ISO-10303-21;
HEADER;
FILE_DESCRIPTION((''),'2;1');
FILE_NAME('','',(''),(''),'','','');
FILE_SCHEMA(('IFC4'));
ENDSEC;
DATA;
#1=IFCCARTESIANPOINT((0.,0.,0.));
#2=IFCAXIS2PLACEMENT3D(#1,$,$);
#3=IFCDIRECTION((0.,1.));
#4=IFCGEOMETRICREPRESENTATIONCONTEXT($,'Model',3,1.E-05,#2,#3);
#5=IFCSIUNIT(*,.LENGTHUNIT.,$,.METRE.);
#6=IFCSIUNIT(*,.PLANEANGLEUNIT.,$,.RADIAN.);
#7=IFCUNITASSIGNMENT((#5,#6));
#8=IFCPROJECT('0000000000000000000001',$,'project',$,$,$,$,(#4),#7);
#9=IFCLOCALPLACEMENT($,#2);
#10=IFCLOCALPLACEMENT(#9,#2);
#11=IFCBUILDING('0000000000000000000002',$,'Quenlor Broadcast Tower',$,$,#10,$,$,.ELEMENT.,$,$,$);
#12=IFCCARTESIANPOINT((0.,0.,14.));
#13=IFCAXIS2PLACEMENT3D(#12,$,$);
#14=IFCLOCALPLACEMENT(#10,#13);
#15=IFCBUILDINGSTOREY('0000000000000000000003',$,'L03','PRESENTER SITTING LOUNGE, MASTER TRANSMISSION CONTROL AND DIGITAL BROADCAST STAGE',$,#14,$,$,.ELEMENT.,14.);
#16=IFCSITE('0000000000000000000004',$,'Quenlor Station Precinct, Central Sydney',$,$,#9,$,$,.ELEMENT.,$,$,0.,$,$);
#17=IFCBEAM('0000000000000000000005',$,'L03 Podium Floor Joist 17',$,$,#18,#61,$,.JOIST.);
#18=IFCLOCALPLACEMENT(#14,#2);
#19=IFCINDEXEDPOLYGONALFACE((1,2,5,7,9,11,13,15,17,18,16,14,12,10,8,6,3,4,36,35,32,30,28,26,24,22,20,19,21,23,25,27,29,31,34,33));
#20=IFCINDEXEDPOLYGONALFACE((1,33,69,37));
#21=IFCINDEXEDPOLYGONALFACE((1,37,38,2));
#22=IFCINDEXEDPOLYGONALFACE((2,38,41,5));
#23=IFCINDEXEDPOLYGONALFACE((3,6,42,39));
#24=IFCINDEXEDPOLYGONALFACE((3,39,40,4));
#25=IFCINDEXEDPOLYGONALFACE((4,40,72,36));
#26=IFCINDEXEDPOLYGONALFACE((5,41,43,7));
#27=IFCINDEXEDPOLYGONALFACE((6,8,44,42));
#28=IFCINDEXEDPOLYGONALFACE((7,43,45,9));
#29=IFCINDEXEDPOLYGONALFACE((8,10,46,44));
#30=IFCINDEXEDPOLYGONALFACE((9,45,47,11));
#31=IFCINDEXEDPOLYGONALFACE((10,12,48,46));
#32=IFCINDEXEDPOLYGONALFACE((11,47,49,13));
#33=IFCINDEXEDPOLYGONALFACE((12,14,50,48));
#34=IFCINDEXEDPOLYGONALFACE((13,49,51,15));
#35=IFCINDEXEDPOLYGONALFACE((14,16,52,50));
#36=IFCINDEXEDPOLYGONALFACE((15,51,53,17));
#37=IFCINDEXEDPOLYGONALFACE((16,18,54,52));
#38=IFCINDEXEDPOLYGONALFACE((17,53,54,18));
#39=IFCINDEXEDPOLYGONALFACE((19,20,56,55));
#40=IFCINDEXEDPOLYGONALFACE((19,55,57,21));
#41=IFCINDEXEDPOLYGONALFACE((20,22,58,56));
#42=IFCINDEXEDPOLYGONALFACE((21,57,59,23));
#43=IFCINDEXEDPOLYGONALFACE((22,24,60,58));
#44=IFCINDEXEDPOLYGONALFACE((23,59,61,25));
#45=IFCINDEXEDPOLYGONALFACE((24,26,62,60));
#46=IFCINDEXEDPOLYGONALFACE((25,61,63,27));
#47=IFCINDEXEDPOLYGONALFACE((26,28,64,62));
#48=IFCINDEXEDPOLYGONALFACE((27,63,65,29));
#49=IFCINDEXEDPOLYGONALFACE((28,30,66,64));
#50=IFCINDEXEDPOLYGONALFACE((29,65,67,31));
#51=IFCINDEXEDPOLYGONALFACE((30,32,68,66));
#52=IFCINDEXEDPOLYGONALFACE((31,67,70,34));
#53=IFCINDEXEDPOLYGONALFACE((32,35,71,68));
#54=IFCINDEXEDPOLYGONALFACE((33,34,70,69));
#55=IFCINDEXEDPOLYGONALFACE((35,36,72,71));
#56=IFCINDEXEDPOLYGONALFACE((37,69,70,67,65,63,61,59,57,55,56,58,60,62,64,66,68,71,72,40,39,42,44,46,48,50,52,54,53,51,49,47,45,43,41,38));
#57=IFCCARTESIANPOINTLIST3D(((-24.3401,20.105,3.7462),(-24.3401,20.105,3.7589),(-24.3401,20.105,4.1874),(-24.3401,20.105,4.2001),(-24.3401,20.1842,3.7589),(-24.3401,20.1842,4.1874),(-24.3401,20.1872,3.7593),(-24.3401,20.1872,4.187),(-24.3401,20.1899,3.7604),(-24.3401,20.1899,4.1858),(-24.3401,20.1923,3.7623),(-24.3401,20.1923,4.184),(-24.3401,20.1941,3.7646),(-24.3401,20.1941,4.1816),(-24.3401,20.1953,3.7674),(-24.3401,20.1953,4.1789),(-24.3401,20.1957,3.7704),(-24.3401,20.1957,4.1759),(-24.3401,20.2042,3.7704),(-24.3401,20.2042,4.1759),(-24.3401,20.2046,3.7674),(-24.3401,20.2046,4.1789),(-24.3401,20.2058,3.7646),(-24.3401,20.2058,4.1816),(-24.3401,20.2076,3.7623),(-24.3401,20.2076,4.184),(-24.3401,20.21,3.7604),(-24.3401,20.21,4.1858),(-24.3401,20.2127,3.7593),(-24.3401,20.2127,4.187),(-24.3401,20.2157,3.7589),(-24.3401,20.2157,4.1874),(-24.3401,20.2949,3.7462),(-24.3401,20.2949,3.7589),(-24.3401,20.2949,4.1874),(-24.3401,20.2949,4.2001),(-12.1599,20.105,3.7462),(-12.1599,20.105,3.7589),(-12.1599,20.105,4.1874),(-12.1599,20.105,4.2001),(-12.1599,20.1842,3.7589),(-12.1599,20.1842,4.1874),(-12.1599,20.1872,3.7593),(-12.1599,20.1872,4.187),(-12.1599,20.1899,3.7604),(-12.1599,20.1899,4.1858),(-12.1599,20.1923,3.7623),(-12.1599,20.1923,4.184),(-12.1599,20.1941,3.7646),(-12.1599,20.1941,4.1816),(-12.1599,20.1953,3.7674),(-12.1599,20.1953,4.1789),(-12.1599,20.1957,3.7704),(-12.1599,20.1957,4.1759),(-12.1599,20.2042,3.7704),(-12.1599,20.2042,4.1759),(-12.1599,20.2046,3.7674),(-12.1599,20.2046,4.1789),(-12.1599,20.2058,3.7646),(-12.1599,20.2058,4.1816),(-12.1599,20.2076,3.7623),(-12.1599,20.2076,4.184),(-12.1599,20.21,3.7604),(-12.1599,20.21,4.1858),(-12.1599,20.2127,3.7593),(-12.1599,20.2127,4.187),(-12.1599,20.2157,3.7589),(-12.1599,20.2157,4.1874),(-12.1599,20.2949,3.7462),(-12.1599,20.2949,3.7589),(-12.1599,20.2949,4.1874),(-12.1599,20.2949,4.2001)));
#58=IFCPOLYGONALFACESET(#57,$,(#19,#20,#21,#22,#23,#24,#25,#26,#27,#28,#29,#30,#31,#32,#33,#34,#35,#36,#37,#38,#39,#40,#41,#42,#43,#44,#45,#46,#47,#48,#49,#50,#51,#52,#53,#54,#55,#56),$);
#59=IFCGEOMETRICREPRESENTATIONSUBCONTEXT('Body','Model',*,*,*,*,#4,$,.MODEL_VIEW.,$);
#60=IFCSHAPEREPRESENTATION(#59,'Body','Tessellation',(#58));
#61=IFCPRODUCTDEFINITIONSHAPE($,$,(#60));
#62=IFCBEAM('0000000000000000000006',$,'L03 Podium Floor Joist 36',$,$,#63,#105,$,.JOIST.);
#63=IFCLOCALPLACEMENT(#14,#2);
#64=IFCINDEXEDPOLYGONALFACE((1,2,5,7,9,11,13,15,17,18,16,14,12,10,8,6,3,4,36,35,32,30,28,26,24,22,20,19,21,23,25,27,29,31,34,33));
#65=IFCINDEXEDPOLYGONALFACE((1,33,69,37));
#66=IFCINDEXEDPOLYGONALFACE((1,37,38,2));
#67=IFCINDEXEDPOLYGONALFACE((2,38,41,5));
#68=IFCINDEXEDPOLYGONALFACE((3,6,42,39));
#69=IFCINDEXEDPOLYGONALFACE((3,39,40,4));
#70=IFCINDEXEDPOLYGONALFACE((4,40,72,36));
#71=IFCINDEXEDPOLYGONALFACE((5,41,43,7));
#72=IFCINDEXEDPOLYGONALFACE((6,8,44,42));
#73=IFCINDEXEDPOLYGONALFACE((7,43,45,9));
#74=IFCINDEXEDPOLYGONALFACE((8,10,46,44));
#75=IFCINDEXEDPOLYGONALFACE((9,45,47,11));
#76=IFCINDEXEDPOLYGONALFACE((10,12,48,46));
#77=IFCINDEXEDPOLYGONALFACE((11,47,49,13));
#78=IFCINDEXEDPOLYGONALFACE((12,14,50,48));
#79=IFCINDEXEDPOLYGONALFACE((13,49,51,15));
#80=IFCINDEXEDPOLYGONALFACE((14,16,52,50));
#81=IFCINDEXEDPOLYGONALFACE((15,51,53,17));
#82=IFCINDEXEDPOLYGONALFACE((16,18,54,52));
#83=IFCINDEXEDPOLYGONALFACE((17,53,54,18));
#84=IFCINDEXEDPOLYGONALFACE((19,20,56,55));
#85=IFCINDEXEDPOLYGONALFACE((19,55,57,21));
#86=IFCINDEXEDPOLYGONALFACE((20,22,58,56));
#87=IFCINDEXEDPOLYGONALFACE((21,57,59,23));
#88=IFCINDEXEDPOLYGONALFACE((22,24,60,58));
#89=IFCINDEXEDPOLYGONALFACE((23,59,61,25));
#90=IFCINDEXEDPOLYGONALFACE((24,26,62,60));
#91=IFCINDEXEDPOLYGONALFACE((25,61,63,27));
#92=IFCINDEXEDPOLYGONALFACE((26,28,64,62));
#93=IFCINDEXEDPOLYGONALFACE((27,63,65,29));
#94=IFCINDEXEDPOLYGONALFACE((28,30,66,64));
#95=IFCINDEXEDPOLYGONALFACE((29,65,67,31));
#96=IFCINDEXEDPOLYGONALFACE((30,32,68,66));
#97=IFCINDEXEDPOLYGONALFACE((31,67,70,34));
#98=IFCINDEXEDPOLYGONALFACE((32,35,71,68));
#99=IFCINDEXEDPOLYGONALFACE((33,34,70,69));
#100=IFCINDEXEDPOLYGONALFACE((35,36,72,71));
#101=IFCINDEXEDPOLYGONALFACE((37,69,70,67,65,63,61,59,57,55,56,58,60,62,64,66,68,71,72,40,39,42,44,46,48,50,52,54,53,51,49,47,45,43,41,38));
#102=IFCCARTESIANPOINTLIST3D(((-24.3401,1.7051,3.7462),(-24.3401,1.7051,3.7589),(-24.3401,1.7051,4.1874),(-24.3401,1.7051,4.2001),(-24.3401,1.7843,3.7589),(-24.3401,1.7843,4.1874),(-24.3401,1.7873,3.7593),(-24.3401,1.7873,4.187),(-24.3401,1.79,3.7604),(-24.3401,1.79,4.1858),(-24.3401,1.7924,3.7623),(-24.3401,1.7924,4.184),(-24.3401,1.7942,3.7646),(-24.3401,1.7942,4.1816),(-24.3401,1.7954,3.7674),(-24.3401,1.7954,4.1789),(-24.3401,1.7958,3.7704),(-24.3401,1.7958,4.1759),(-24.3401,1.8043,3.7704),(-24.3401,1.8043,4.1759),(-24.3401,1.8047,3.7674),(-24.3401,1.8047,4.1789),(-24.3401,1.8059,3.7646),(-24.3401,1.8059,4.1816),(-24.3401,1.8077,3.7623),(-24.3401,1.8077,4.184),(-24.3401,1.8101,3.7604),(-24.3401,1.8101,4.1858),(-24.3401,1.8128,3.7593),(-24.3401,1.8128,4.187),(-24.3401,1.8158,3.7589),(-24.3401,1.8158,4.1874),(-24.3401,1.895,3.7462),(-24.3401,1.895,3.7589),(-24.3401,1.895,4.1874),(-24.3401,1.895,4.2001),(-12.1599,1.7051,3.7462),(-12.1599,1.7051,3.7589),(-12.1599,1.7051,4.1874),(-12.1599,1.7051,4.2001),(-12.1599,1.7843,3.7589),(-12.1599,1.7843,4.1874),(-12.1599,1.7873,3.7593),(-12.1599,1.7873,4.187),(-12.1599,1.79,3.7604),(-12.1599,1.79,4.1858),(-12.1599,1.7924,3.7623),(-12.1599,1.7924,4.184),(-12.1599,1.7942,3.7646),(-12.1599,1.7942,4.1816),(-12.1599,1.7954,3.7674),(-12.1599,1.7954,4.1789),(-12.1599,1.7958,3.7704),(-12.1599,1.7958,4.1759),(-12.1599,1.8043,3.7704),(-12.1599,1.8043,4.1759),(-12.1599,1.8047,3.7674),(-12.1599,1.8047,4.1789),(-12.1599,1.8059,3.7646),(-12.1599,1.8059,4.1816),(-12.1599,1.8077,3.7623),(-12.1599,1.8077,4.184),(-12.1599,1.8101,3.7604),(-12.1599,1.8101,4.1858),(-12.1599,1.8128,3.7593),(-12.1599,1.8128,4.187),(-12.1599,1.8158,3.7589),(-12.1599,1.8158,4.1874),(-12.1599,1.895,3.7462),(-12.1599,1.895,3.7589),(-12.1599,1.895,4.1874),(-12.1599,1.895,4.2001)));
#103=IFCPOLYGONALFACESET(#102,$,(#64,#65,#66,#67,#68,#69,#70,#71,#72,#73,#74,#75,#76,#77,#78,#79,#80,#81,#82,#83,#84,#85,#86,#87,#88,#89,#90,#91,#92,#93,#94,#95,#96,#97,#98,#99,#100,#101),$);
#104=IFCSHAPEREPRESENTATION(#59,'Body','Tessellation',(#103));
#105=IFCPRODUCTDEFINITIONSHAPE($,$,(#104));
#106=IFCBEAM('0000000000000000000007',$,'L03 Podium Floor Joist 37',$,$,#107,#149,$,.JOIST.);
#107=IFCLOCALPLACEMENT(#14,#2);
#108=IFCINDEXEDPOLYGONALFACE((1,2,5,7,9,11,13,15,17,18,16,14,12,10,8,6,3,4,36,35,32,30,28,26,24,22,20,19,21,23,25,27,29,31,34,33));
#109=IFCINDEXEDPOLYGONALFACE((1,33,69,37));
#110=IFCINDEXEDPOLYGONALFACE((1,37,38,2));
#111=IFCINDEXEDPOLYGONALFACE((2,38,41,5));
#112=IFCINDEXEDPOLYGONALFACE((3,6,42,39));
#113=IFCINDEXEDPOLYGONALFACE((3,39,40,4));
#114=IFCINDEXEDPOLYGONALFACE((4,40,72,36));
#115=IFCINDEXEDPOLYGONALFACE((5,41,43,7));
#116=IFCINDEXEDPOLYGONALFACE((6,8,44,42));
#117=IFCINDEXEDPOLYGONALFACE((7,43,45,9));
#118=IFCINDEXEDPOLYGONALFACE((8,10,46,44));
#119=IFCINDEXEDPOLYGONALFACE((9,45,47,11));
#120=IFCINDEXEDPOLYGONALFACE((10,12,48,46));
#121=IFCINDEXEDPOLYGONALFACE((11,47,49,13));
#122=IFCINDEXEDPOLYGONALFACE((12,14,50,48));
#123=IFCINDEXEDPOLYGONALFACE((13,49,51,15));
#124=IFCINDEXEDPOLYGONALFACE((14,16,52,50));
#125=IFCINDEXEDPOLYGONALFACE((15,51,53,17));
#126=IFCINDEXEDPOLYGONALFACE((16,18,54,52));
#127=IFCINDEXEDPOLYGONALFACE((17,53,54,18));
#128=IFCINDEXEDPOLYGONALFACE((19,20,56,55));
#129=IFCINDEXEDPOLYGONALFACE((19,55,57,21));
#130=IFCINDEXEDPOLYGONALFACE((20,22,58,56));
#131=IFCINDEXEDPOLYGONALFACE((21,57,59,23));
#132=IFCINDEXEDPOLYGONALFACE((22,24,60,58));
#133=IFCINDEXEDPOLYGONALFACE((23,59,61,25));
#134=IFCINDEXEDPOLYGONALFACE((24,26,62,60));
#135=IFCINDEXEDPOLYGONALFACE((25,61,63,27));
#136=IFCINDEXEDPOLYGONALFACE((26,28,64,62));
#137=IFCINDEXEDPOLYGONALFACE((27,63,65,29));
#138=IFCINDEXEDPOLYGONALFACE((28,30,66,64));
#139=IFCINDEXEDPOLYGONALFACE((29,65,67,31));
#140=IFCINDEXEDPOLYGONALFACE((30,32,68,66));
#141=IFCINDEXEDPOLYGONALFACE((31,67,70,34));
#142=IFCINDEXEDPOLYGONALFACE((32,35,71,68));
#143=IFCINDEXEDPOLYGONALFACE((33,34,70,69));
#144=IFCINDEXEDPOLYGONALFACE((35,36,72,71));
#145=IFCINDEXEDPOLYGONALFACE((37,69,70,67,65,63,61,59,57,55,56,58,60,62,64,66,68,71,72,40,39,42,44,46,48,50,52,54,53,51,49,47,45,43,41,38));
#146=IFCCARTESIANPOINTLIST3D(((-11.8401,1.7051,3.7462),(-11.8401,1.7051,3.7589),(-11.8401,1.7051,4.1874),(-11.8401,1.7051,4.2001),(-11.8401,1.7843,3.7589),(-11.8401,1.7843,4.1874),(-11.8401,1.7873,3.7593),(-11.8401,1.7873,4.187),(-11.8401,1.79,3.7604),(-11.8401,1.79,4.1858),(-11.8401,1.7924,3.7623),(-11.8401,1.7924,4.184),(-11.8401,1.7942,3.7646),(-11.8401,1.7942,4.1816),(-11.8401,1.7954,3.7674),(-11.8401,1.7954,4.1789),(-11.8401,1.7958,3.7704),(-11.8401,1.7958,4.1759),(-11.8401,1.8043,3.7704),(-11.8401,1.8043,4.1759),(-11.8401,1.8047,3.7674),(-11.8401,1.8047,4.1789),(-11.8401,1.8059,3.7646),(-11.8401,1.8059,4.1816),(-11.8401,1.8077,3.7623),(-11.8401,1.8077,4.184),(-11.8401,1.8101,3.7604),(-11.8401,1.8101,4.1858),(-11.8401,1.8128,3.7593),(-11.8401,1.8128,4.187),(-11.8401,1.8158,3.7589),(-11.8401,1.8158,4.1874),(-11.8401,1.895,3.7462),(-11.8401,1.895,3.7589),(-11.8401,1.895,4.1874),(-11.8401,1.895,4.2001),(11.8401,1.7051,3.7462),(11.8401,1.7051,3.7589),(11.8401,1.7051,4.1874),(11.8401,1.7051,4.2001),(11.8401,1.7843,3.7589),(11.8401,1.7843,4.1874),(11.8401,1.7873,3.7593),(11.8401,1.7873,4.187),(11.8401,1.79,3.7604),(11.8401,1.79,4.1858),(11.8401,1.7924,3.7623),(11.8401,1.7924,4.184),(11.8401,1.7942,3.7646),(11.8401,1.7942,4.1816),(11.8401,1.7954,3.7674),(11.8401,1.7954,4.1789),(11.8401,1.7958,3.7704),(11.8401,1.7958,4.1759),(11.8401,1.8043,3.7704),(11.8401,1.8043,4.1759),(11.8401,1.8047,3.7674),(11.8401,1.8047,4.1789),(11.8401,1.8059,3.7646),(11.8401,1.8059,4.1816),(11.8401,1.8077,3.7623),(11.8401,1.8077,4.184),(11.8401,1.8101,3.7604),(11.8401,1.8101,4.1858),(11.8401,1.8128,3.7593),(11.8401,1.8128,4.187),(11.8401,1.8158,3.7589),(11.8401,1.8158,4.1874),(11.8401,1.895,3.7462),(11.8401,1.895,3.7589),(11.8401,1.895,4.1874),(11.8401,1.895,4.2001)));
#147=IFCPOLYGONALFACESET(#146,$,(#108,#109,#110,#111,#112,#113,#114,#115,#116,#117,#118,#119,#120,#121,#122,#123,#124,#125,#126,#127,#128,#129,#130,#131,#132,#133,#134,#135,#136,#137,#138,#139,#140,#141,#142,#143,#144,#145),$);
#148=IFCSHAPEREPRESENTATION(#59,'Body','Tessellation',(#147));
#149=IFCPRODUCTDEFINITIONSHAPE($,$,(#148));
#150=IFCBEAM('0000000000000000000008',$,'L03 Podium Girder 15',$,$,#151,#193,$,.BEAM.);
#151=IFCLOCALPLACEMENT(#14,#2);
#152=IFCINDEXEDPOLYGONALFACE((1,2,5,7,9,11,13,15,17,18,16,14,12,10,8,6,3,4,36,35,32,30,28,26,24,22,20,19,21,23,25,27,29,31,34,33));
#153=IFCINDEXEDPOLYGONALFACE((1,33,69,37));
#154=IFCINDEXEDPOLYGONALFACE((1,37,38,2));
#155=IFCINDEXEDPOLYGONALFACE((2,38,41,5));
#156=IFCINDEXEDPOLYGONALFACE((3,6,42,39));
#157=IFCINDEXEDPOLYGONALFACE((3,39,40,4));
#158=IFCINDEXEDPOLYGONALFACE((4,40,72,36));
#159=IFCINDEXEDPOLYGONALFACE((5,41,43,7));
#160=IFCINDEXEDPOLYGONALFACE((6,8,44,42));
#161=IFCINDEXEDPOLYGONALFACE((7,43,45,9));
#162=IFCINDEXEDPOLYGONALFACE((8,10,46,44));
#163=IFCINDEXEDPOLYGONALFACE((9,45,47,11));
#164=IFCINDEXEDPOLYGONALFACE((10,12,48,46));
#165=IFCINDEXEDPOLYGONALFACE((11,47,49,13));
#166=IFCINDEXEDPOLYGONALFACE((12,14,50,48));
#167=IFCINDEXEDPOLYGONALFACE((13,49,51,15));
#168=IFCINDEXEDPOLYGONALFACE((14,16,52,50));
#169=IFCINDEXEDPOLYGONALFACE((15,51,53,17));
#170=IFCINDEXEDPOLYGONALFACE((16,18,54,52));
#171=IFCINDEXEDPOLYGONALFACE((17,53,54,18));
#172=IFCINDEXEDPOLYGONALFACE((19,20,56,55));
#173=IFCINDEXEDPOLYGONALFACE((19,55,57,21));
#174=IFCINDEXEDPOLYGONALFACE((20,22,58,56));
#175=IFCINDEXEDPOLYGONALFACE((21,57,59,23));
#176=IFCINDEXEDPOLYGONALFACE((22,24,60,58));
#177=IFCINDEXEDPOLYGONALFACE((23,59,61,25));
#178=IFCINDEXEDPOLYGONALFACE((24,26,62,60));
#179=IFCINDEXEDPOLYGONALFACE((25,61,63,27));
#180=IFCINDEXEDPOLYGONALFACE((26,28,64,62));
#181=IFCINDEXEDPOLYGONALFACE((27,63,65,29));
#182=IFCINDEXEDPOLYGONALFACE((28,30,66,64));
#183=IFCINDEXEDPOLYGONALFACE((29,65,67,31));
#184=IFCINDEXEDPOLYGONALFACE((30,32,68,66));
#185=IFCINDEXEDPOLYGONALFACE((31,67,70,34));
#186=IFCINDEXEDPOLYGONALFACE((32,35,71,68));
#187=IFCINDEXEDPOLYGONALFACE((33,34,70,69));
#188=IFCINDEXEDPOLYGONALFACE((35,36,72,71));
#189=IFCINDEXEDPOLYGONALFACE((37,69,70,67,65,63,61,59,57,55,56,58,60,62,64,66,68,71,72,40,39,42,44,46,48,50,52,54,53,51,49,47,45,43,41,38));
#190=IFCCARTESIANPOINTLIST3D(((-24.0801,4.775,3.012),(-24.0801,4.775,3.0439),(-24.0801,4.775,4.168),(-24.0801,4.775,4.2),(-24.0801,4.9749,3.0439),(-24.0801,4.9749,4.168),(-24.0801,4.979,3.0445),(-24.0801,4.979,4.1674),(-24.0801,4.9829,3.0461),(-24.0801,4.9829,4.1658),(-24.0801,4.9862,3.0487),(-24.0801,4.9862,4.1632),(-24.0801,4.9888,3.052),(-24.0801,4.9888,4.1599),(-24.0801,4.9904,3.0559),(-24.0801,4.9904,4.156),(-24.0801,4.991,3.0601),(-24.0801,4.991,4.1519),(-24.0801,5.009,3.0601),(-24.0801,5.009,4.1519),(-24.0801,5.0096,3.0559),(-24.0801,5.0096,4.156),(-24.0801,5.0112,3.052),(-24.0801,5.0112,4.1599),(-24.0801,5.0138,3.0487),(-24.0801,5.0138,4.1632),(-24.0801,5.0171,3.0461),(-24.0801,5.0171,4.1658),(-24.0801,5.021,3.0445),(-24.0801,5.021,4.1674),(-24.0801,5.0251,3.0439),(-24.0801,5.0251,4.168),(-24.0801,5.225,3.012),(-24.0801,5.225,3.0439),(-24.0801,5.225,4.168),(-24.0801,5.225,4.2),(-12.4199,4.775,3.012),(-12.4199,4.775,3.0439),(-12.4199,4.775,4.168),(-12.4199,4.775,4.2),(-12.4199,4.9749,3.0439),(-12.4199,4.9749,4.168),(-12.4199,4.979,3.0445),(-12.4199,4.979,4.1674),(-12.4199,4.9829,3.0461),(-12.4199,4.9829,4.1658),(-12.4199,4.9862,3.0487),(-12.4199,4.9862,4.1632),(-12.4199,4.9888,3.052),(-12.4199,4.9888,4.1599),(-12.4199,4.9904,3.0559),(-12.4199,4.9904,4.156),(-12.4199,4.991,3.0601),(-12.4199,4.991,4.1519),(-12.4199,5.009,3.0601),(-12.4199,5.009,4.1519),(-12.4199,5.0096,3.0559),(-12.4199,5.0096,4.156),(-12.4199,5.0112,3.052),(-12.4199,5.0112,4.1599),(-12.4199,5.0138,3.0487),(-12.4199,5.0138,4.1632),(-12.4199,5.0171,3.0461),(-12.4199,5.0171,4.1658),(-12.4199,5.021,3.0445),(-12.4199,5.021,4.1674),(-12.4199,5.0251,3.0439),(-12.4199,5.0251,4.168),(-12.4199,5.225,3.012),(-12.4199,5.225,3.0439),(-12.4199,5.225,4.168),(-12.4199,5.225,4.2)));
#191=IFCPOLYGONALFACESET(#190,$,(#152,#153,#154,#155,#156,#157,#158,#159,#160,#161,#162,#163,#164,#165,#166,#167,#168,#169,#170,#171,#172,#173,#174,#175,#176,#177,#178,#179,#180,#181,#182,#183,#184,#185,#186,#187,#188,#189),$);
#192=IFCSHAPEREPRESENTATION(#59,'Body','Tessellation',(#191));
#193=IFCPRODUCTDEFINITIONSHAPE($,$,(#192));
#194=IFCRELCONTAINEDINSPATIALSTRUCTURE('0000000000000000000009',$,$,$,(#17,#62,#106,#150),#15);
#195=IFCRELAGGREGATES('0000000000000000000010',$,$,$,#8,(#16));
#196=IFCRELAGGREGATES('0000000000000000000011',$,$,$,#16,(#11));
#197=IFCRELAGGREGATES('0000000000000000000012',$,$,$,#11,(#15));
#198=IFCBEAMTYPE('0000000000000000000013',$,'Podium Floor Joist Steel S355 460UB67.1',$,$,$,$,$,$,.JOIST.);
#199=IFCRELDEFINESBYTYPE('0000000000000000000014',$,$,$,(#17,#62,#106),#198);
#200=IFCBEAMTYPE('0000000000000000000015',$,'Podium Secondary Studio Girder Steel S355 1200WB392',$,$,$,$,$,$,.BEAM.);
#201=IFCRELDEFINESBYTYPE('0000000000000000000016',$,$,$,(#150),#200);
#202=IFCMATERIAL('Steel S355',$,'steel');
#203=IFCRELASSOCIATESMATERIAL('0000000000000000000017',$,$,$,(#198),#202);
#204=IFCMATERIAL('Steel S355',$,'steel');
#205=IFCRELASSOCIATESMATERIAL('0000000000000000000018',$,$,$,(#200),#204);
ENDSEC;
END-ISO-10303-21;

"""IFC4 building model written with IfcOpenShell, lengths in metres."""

from ifc_helpers import new_model, si_unit, direction, frame, origin, origin_2d, place, context, subcontext, project, spatial, i_section, extrude, material, material_profile, profile_set, type_object, element, save


model = new_model("IFC4")

# Units and contexts
model_context = context("Model", 3, precision=1e-05, world=origin(), true_north=direction((0.0, 1.0)))
body_context = subcontext(model_context, "Body", "Model", "MODEL_VIEW")
ifc_project = project(units=[si_unit("LENGTHUNIT", "METRE"), si_unit("PLANEANGLEUNIT", "RADIAN")], contexts=[model_context])

# Site, building, storey
site_placement = place(None, origin())
site = spatial("IfcSite", under=ifc_project, at=site_placement, Name="Quenlor Station Precinct, Central Sydney", CompositionType="ELEMENT", RefElevation=0.0)
building_placement = place(site_placement, origin())
building = spatial("IfcBuilding", under=site, at=building_placement, Name="Quenlor Broadcast Tower", CompositionType="ELEMENT")
storey_placement = place(building_placement, frame((0.0, 0.0, 14.0)))
storey = spatial("IfcBuildingStorey", under=building, at=storey_placement, Name="L03", Description="PRESENTER SITTING LOUNGE, MASTER TRANSMISSION CONTROL AND DIGITAL BROADCAST STAGE", CompositionType="ELEMENT", Elevation=14.0)

# Beams
ifc_material_1 = material(Name="Steel S355", Category="steel")
ifc_material_profile_1 = material_profile(ifc_material_1, i_section(OverallWidth=0.1899, OverallDepth=0.4539, WebThickness=0.0085, FlangeThickness=0.0127, FilletRadius=0.0115, at=origin_2d()))
ifc_profile_set_1 = profile_set([ifc_material_profile_1], Name="Steel S355 460UB67.1")
beam_type_1 = type_object("IfcBeamType", Name="Podium Floor Joist Steel S355 460UB67.1", PredefinedType="JOIST", material=ifc_profile_set_1)
for number, where, z_axis, x_axis, name in (
    (1, (-24.3401, 20.2, 3.9731), (1.0, 0.0, 0.0), (0.0, 1.0, 0.0), "L03 Podium Floor Joist 17"),
    (2, (-24.3401, 1.8, 3.9731), (1.0, 0.0, 0.0), (0.0, 1.0, 0.0), "L03 Podium Floor Joist 36"),
):
    element("IfcBeam", number, at=place(storey_placement, frame(where, z_axis=z_axis, x_axis=x_axis)), inside=storey, type_object=beam_type_1, Name=name, PredefinedType="JOIST", context=body_context, shape_type="SweptSolid", body=[
        extrude(i_section(OverallWidth=0.1899, OverallDepth=0.4539, WebThickness=0.0085, FlangeThickness=0.0127, FilletRadius=0.0115, at=origin_2d()), origin(), (0.0, 0.0, 1.0), 12.1802),
    ])
beam_1_placement = place(storey_placement, frame((-11.8401, 1.8, 3.9731), z_axis=(1.0, 0.0, 0.0), x_axis=(0.0, 1.0, 0.0)))
element("IfcBeam", 3, at=beam_1_placement, inside=storey, type_object=beam_type_1, Name="L03 Podium Floor Joist 37", PredefinedType="JOIST", context=body_context, shape_type="SweptSolid", body=[
    extrude(i_section(OverallWidth=0.1899, OverallDepth=0.4539, WebThickness=0.0085, FlangeThickness=0.0127, FilletRadius=0.0115, at=origin_2d()), origin(), (0.0, 0.0, 1.0), 23.6802),
])
ifc_material_2 = material(Name="Steel S355", Category="steel")
ifc_material_profile_2 = material_profile(ifc_material_2, i_section(OverallWidth=0.45, OverallDepth=1.188, WebThickness=0.0181, FlangeThickness=0.032, FilletRadius=0.0161, at=origin_2d()))
ifc_profile_set_2 = profile_set([ifc_material_profile_2], Name="Steel S355 1200WB392")
beam_type_2 = type_object("IfcBeamType", Name="Podium Secondary Studio Girder Steel S355 1200WB392", PredefinedType="BEAM", material=ifc_profile_set_2)
for number, where, z_axis, x_axis, name in (
    (4, (-24.0801, 5.0, 3.606), (1.0, 0.0, 0.0), (0.0, 1.0, 0.0), "L03 Podium Girder 15"),
):
    element("IfcBeam", number, at=place(storey_placement, frame(where, z_axis=z_axis, x_axis=x_axis)), inside=storey, type_object=beam_type_2, Name=name, PredefinedType="BEAM", context=body_context, shape_type="SweptSolid", body=[
        extrude(i_section(OverallWidth=0.45, OverallDepth=1.188, WebThickness=0.0181, FlangeThickness=0.032, FilletRadius=0.0161, at=origin_2d()), origin(), (0.0, 0.0, 1.0), 11.6602),
    ])

save(model, "model.ifc")
